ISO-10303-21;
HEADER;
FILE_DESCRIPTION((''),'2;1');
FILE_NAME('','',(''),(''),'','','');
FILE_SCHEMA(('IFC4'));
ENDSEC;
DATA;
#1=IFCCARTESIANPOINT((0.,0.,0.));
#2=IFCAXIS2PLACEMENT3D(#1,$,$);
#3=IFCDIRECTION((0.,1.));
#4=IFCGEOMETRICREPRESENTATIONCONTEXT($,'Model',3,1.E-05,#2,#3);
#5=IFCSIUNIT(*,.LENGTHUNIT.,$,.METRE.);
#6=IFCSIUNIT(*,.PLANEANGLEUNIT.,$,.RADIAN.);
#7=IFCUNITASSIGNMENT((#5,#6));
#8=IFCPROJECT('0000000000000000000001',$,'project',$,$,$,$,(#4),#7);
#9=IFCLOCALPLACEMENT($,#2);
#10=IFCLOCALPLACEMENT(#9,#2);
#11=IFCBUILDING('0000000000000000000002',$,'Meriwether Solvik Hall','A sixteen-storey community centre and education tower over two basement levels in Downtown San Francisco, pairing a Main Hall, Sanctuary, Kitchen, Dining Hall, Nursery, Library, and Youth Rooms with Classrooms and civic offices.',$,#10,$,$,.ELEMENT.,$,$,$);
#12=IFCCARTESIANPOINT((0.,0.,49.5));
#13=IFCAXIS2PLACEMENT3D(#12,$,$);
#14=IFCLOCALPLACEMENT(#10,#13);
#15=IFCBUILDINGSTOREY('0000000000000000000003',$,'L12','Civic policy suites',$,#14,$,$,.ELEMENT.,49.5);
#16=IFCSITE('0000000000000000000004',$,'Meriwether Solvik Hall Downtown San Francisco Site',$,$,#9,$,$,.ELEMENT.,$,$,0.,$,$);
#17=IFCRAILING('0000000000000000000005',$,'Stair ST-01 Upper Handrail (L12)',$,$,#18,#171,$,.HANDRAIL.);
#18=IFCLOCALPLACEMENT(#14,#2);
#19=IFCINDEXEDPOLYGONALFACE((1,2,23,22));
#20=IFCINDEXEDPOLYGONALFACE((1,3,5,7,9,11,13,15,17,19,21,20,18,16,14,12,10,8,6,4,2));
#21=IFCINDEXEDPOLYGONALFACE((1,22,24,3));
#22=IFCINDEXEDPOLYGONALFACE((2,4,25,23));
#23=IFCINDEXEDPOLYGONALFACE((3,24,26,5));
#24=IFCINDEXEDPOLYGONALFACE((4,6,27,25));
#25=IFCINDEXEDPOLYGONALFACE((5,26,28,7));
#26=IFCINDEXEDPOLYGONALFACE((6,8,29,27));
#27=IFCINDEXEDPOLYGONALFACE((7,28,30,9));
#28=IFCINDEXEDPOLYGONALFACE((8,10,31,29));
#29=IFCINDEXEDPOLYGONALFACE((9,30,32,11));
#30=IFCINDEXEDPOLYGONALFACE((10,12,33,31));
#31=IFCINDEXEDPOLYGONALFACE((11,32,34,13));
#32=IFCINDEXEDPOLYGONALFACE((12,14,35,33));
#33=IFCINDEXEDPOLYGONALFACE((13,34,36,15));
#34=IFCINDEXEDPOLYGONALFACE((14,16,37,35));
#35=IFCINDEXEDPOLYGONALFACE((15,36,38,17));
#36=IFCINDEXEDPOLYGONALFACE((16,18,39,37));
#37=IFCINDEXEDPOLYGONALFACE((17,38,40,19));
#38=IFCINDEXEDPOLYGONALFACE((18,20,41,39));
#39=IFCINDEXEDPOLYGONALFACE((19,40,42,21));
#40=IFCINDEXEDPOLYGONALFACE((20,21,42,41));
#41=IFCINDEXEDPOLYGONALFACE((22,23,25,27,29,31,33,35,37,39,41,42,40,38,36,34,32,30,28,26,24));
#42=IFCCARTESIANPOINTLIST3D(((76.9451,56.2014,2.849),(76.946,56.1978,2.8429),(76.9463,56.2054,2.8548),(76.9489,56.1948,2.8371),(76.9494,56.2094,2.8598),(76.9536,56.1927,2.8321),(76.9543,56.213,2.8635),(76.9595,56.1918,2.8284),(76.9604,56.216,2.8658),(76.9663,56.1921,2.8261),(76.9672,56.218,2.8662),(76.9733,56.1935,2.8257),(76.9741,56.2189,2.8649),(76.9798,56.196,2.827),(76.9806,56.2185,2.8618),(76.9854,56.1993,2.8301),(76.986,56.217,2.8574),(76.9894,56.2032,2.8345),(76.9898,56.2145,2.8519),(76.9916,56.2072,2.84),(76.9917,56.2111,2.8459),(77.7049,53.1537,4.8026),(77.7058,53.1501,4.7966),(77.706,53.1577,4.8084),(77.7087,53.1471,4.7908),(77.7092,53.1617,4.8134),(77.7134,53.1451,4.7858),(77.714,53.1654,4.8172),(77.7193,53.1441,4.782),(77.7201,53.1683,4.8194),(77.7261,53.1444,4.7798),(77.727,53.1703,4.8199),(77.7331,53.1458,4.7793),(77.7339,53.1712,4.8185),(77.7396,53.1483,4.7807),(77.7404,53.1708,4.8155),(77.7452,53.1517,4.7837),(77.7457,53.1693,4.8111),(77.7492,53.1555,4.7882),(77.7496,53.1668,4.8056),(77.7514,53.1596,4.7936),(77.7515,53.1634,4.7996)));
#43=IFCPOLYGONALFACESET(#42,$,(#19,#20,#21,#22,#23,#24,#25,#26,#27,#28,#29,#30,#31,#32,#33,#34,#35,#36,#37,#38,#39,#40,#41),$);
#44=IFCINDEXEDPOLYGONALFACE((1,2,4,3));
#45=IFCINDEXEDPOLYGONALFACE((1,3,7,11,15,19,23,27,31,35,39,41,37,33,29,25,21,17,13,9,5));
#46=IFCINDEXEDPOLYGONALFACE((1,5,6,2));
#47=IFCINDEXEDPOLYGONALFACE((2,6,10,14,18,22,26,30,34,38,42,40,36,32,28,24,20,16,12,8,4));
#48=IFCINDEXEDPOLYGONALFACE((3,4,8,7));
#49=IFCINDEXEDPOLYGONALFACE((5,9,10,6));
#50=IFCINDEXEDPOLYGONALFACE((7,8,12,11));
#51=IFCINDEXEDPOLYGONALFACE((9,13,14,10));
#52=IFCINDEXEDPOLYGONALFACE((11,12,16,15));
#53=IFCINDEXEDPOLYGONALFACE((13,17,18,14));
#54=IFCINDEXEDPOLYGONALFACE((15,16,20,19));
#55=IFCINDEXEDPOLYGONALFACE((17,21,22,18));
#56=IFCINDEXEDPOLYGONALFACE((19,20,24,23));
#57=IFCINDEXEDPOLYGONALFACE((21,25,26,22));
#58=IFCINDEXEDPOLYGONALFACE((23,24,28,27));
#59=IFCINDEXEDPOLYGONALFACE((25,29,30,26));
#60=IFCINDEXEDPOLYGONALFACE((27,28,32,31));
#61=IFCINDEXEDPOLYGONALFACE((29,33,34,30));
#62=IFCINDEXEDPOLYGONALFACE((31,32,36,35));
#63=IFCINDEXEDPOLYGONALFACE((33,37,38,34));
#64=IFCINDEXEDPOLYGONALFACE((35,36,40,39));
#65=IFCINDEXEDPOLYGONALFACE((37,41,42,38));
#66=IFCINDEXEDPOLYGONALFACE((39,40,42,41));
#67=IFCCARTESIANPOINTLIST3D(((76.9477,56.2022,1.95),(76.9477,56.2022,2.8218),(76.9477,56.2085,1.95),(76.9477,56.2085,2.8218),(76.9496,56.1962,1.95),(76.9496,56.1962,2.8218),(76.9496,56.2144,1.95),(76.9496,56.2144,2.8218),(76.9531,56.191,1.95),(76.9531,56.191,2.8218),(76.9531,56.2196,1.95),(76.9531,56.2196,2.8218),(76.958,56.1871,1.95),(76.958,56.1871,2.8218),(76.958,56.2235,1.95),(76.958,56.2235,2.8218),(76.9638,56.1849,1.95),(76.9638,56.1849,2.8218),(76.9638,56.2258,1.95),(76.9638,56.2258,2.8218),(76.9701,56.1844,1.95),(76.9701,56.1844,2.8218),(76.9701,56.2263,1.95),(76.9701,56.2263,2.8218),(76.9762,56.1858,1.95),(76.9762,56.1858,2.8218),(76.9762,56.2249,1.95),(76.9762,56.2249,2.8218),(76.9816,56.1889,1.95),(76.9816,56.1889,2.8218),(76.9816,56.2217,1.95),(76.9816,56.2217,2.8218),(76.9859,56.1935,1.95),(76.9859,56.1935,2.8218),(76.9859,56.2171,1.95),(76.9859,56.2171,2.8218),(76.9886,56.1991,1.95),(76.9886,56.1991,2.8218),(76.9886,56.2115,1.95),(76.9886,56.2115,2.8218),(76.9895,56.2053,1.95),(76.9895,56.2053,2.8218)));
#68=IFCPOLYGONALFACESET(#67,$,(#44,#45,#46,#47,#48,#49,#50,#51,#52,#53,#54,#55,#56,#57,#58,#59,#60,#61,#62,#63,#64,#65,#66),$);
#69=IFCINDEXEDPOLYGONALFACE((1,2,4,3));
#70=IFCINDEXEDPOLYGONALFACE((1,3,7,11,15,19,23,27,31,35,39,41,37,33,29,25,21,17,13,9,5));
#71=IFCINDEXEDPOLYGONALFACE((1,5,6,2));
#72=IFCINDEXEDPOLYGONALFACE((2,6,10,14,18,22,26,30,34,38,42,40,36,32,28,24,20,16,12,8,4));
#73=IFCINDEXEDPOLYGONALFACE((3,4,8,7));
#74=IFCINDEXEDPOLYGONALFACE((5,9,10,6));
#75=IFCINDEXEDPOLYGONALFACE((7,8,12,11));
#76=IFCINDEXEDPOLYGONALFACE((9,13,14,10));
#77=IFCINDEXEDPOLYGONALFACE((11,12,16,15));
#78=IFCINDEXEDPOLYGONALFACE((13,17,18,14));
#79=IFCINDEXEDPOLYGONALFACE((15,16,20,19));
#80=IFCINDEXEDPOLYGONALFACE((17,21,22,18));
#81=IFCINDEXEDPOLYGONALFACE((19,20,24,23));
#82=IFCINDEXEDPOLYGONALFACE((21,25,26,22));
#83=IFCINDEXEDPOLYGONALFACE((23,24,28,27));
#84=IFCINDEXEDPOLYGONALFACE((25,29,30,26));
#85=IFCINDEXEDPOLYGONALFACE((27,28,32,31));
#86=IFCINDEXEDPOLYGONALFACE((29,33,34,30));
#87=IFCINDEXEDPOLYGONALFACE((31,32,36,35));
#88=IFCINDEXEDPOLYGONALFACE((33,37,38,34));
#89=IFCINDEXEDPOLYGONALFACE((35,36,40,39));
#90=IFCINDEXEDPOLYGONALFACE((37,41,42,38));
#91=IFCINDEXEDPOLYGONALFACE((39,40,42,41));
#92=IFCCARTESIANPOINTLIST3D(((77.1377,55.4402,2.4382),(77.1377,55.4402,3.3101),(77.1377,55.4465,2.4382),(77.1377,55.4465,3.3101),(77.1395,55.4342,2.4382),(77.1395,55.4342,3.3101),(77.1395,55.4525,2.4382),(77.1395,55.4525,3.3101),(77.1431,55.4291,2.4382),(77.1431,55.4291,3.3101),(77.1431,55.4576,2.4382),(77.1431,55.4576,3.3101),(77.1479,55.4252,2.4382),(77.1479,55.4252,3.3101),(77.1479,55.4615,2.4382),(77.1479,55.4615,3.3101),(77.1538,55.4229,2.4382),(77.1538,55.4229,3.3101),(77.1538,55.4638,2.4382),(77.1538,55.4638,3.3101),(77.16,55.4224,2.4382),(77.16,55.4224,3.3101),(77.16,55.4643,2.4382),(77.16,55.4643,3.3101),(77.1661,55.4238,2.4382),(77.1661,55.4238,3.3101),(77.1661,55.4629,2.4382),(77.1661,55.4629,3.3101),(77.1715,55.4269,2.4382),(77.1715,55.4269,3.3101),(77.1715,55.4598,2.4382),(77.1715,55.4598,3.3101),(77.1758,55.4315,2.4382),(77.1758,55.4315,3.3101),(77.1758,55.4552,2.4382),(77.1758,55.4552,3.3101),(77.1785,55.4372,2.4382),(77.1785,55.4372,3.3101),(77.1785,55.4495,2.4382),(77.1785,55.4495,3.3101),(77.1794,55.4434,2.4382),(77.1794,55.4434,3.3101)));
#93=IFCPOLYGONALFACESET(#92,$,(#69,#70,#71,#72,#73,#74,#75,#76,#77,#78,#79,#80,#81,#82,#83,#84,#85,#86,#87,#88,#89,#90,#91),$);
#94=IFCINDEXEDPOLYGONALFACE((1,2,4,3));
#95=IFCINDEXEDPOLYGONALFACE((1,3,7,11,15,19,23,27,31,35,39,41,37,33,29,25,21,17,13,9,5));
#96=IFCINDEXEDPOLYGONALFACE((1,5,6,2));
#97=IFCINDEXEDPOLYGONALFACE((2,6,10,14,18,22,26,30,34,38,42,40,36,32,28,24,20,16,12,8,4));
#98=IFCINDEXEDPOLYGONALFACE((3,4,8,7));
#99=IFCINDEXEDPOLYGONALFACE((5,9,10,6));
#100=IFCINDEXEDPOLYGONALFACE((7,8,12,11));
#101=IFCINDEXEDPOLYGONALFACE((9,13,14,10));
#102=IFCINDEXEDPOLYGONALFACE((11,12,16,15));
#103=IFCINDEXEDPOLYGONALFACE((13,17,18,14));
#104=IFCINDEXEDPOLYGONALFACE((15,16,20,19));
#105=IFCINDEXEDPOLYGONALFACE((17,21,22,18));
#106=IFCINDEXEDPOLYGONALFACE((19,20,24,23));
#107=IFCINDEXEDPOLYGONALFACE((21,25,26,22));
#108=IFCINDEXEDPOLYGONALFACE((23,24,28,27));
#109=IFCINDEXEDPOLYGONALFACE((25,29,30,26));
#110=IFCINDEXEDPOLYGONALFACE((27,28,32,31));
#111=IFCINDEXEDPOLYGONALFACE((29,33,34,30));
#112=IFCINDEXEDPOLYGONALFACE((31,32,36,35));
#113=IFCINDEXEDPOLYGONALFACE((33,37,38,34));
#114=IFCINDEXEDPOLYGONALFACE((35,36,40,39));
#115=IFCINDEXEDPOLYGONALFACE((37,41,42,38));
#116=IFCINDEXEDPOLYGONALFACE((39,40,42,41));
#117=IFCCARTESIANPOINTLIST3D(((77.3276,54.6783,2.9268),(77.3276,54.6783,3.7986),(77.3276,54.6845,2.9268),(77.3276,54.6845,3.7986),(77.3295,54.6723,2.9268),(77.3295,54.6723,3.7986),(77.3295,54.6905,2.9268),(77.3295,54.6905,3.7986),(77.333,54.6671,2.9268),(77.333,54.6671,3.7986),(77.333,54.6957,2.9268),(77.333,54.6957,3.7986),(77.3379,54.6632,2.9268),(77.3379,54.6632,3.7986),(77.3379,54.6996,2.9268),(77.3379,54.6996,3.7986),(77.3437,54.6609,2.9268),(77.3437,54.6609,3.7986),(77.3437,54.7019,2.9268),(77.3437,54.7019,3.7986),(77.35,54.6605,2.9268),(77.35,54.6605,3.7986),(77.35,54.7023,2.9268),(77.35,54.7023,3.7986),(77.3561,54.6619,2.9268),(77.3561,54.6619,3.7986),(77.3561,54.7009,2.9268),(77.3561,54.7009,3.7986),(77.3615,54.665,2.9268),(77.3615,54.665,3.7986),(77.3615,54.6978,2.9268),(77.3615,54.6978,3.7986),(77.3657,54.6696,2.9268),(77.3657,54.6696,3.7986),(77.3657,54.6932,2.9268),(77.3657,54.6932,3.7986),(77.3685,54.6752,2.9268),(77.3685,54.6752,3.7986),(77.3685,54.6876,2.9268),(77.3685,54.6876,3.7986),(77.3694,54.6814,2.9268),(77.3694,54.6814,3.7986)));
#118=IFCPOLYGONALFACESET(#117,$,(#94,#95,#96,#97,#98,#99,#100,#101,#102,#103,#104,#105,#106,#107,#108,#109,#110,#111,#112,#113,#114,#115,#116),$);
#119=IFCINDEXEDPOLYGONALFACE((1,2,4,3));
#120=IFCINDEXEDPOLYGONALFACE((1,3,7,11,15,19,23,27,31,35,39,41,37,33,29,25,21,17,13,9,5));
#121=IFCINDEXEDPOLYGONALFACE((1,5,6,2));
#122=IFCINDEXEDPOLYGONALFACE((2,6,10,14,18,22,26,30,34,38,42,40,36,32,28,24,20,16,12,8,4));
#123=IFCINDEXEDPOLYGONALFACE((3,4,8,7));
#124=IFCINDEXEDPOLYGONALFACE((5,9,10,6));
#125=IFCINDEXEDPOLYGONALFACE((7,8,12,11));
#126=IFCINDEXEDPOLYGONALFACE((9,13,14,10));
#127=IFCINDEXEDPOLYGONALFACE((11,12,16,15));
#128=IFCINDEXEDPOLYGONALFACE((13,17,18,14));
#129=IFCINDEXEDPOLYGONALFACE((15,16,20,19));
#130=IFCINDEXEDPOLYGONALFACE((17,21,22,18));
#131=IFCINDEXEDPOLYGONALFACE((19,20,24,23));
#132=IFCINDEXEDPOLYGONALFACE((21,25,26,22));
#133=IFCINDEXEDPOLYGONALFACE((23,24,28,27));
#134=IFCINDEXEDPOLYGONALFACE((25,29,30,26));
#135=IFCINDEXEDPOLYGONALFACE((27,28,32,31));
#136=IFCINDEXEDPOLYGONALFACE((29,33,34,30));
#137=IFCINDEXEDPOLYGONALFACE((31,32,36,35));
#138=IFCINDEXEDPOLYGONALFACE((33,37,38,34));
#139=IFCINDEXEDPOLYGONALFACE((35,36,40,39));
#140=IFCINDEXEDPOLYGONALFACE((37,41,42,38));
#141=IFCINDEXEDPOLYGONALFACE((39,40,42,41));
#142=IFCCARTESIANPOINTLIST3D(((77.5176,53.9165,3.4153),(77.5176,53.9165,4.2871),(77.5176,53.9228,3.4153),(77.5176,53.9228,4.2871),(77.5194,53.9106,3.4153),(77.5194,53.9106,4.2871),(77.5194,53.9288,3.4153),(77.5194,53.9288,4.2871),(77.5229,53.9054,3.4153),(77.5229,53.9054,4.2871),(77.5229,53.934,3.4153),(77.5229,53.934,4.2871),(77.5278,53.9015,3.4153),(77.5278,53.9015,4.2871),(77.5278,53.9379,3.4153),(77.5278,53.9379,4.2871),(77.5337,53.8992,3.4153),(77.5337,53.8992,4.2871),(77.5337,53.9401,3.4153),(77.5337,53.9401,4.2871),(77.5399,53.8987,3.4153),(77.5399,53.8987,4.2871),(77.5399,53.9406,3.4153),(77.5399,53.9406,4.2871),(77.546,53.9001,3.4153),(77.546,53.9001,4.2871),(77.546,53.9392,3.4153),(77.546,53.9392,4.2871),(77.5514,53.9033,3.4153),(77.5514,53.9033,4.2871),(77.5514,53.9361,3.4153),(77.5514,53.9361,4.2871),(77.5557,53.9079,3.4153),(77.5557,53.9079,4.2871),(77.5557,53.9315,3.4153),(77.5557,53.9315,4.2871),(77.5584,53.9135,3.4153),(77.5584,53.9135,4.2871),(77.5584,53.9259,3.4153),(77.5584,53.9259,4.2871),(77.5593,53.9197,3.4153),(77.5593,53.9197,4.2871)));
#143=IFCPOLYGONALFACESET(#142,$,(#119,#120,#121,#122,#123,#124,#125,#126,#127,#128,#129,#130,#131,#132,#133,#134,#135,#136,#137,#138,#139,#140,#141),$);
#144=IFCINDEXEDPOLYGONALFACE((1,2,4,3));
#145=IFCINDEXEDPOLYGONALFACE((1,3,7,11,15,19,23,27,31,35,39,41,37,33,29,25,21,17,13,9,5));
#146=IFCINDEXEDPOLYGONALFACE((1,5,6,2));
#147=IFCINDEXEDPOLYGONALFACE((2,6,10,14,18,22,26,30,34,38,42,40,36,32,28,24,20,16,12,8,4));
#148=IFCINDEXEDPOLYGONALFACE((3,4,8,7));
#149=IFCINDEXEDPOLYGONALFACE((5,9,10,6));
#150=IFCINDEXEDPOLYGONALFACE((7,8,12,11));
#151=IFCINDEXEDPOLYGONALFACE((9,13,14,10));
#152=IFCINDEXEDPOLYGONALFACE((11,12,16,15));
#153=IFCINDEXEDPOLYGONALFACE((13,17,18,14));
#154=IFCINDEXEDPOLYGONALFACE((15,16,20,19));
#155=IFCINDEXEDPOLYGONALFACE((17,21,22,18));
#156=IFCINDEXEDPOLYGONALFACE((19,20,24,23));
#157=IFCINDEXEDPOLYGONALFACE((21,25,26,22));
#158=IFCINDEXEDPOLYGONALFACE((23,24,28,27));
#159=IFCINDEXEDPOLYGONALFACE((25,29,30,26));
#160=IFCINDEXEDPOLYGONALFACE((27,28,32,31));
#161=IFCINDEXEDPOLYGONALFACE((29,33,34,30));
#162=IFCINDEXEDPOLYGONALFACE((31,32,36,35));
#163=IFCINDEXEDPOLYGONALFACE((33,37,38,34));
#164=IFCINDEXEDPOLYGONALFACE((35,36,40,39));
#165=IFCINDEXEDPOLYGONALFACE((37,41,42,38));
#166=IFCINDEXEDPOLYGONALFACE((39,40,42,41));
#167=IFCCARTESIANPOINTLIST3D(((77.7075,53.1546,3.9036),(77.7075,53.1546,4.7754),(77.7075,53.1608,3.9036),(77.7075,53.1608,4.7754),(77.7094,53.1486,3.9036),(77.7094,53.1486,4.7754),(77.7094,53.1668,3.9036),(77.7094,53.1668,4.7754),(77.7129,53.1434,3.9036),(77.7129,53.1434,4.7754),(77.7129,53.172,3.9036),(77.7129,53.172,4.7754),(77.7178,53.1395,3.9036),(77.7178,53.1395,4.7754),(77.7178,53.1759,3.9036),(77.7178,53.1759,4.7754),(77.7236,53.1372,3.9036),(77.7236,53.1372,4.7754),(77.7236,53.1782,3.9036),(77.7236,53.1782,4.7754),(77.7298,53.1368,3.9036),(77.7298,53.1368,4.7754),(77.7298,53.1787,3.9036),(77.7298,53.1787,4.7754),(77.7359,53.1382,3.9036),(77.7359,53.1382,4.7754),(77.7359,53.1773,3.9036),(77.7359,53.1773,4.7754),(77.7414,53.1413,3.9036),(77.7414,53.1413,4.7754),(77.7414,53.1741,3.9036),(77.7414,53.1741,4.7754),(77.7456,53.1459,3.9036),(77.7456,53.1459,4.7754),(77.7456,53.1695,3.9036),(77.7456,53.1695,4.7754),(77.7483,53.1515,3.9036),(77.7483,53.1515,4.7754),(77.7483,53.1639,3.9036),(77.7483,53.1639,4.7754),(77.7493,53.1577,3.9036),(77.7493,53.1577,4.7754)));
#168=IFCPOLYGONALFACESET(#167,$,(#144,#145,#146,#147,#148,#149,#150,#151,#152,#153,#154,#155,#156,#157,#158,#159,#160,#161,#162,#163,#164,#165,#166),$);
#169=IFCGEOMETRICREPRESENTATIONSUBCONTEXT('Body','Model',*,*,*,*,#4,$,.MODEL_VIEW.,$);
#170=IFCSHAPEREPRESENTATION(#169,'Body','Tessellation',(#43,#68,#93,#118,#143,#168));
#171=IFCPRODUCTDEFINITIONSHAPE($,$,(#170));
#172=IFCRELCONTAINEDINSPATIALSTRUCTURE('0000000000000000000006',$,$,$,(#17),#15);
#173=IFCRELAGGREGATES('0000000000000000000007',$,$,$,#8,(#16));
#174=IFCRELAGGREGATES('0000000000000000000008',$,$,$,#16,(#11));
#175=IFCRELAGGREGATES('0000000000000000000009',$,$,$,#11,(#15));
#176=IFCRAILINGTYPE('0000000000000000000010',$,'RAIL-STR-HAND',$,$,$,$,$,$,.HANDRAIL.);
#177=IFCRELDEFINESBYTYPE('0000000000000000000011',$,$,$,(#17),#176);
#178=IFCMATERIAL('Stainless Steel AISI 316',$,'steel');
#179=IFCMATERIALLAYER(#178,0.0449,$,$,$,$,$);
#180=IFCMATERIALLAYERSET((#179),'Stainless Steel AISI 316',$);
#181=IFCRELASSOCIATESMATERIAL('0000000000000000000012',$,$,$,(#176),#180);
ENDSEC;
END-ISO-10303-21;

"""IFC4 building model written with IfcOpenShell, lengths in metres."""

from ifc_helpers import new_model, si_unit, direction, frame, origin, origin_2d, place, context, subcontext, project, spatial, circle, extrude, material, layer, layer_set, type_object, element, save


model = new_model("IFC4")

# Units and contexts
model_context = context("Model", 3, precision=1e-05, world=origin(), true_north=direction((0.0, 1.0)))
body_context = subcontext(model_context, "Body", "Model", "MODEL_VIEW")
ifc_project = project(units=[si_unit("LENGTHUNIT", "METRE"), si_unit("PLANEANGLEUNIT", "RADIAN")], contexts=[model_context])

# Site, building, storey
site_placement = place(None, origin())
site = spatial("IfcSite", under=ifc_project, at=site_placement, Name="Meriwether Solvik Hall Downtown San Francisco Site", CompositionType="ELEMENT", RefElevation=0.0)
building_placement = place(site_placement, origin())
building = spatial("IfcBuilding", under=site, at=building_placement, Name="Meriwether Solvik Hall", Description="A sixteen-storey community centre and education tower over two basement levels in Downtown San Francisco, pairing a Main Hall, Sanctuary, Kitchen, Dining Hall, Nursery, Library, and Youth Rooms with Classrooms and civic offices.", CompositionType="ELEMENT")
storey_placement = place(building_placement, frame((0.0, 0.0, 49.5)))
storey = spatial("IfcBuildingStorey", under=building, at=storey_placement, Name="L12", Description="Civic policy suites", CompositionType="ELEMENT", Elevation=49.5)

# Railing
ifc_material_1 = material(Name="Stainless Steel AISI 316", Category="steel")
ifc_layer_1 = layer(ifc_material_1, 0.0449)
ifc_layer_set_1 = layer_set([ifc_layer_1], Name="Stainless Steel AISI 316")
railing_type_1 = type_object("IfcRailingType", Name="RAIL-STR-HAND", PredefinedType="HANDRAIL", material=ifc_layer_set_1)
railing_1_placement = place(storey_placement, frame((76.9685, 56.2053, 1.95)))
element("IfcRailing", 1, at=railing_1_placement, inside=storey, type_object=railing_type_1, Name="Stair ST-01 Upper Handrail (L12)", PredefinedType="HANDRAIL", context=body_context, shape_type="SweptSolid", body=[
    extrude(circle(Radius=0.0239, at=origin_2d()), frame((0.0, 0.0, 0.896), z_axis=(0.205404, -0.823926, 0.528163), x_axis=(0.970302, 0.241895, 0.0)), (0.0, 0.0, 1.0), 3.699),
    extrude(circle(Radius=0.021, at=origin_2d()), origin(), (0.0, 0.0, 1.0), 0.8718),
    extrude(circle(Radius=0.021, at=origin_2d()), frame((0.1899, -0.762, 0.4883)), (0.0, 0.0, 1.0), 0.8718),
    extrude(circle(Radius=0.021, at=origin_2d()), frame((0.3799, -1.5239, 0.9768)), (0.0, 0.0, 1.0), 0.8718),
    extrude(circle(Radius=0.021, at=origin_2d()), frame((0.5698, -2.2856, 1.4653)), (0.0, 0.0, 1.0), 0.8718),
    extrude(circle(Radius=0.021, at=origin_2d()), frame((0.7598, -3.0476, 1.9536)), (0.0, 0.0, 1.0), 0.8718),
])

save(model, "model.ifc")
